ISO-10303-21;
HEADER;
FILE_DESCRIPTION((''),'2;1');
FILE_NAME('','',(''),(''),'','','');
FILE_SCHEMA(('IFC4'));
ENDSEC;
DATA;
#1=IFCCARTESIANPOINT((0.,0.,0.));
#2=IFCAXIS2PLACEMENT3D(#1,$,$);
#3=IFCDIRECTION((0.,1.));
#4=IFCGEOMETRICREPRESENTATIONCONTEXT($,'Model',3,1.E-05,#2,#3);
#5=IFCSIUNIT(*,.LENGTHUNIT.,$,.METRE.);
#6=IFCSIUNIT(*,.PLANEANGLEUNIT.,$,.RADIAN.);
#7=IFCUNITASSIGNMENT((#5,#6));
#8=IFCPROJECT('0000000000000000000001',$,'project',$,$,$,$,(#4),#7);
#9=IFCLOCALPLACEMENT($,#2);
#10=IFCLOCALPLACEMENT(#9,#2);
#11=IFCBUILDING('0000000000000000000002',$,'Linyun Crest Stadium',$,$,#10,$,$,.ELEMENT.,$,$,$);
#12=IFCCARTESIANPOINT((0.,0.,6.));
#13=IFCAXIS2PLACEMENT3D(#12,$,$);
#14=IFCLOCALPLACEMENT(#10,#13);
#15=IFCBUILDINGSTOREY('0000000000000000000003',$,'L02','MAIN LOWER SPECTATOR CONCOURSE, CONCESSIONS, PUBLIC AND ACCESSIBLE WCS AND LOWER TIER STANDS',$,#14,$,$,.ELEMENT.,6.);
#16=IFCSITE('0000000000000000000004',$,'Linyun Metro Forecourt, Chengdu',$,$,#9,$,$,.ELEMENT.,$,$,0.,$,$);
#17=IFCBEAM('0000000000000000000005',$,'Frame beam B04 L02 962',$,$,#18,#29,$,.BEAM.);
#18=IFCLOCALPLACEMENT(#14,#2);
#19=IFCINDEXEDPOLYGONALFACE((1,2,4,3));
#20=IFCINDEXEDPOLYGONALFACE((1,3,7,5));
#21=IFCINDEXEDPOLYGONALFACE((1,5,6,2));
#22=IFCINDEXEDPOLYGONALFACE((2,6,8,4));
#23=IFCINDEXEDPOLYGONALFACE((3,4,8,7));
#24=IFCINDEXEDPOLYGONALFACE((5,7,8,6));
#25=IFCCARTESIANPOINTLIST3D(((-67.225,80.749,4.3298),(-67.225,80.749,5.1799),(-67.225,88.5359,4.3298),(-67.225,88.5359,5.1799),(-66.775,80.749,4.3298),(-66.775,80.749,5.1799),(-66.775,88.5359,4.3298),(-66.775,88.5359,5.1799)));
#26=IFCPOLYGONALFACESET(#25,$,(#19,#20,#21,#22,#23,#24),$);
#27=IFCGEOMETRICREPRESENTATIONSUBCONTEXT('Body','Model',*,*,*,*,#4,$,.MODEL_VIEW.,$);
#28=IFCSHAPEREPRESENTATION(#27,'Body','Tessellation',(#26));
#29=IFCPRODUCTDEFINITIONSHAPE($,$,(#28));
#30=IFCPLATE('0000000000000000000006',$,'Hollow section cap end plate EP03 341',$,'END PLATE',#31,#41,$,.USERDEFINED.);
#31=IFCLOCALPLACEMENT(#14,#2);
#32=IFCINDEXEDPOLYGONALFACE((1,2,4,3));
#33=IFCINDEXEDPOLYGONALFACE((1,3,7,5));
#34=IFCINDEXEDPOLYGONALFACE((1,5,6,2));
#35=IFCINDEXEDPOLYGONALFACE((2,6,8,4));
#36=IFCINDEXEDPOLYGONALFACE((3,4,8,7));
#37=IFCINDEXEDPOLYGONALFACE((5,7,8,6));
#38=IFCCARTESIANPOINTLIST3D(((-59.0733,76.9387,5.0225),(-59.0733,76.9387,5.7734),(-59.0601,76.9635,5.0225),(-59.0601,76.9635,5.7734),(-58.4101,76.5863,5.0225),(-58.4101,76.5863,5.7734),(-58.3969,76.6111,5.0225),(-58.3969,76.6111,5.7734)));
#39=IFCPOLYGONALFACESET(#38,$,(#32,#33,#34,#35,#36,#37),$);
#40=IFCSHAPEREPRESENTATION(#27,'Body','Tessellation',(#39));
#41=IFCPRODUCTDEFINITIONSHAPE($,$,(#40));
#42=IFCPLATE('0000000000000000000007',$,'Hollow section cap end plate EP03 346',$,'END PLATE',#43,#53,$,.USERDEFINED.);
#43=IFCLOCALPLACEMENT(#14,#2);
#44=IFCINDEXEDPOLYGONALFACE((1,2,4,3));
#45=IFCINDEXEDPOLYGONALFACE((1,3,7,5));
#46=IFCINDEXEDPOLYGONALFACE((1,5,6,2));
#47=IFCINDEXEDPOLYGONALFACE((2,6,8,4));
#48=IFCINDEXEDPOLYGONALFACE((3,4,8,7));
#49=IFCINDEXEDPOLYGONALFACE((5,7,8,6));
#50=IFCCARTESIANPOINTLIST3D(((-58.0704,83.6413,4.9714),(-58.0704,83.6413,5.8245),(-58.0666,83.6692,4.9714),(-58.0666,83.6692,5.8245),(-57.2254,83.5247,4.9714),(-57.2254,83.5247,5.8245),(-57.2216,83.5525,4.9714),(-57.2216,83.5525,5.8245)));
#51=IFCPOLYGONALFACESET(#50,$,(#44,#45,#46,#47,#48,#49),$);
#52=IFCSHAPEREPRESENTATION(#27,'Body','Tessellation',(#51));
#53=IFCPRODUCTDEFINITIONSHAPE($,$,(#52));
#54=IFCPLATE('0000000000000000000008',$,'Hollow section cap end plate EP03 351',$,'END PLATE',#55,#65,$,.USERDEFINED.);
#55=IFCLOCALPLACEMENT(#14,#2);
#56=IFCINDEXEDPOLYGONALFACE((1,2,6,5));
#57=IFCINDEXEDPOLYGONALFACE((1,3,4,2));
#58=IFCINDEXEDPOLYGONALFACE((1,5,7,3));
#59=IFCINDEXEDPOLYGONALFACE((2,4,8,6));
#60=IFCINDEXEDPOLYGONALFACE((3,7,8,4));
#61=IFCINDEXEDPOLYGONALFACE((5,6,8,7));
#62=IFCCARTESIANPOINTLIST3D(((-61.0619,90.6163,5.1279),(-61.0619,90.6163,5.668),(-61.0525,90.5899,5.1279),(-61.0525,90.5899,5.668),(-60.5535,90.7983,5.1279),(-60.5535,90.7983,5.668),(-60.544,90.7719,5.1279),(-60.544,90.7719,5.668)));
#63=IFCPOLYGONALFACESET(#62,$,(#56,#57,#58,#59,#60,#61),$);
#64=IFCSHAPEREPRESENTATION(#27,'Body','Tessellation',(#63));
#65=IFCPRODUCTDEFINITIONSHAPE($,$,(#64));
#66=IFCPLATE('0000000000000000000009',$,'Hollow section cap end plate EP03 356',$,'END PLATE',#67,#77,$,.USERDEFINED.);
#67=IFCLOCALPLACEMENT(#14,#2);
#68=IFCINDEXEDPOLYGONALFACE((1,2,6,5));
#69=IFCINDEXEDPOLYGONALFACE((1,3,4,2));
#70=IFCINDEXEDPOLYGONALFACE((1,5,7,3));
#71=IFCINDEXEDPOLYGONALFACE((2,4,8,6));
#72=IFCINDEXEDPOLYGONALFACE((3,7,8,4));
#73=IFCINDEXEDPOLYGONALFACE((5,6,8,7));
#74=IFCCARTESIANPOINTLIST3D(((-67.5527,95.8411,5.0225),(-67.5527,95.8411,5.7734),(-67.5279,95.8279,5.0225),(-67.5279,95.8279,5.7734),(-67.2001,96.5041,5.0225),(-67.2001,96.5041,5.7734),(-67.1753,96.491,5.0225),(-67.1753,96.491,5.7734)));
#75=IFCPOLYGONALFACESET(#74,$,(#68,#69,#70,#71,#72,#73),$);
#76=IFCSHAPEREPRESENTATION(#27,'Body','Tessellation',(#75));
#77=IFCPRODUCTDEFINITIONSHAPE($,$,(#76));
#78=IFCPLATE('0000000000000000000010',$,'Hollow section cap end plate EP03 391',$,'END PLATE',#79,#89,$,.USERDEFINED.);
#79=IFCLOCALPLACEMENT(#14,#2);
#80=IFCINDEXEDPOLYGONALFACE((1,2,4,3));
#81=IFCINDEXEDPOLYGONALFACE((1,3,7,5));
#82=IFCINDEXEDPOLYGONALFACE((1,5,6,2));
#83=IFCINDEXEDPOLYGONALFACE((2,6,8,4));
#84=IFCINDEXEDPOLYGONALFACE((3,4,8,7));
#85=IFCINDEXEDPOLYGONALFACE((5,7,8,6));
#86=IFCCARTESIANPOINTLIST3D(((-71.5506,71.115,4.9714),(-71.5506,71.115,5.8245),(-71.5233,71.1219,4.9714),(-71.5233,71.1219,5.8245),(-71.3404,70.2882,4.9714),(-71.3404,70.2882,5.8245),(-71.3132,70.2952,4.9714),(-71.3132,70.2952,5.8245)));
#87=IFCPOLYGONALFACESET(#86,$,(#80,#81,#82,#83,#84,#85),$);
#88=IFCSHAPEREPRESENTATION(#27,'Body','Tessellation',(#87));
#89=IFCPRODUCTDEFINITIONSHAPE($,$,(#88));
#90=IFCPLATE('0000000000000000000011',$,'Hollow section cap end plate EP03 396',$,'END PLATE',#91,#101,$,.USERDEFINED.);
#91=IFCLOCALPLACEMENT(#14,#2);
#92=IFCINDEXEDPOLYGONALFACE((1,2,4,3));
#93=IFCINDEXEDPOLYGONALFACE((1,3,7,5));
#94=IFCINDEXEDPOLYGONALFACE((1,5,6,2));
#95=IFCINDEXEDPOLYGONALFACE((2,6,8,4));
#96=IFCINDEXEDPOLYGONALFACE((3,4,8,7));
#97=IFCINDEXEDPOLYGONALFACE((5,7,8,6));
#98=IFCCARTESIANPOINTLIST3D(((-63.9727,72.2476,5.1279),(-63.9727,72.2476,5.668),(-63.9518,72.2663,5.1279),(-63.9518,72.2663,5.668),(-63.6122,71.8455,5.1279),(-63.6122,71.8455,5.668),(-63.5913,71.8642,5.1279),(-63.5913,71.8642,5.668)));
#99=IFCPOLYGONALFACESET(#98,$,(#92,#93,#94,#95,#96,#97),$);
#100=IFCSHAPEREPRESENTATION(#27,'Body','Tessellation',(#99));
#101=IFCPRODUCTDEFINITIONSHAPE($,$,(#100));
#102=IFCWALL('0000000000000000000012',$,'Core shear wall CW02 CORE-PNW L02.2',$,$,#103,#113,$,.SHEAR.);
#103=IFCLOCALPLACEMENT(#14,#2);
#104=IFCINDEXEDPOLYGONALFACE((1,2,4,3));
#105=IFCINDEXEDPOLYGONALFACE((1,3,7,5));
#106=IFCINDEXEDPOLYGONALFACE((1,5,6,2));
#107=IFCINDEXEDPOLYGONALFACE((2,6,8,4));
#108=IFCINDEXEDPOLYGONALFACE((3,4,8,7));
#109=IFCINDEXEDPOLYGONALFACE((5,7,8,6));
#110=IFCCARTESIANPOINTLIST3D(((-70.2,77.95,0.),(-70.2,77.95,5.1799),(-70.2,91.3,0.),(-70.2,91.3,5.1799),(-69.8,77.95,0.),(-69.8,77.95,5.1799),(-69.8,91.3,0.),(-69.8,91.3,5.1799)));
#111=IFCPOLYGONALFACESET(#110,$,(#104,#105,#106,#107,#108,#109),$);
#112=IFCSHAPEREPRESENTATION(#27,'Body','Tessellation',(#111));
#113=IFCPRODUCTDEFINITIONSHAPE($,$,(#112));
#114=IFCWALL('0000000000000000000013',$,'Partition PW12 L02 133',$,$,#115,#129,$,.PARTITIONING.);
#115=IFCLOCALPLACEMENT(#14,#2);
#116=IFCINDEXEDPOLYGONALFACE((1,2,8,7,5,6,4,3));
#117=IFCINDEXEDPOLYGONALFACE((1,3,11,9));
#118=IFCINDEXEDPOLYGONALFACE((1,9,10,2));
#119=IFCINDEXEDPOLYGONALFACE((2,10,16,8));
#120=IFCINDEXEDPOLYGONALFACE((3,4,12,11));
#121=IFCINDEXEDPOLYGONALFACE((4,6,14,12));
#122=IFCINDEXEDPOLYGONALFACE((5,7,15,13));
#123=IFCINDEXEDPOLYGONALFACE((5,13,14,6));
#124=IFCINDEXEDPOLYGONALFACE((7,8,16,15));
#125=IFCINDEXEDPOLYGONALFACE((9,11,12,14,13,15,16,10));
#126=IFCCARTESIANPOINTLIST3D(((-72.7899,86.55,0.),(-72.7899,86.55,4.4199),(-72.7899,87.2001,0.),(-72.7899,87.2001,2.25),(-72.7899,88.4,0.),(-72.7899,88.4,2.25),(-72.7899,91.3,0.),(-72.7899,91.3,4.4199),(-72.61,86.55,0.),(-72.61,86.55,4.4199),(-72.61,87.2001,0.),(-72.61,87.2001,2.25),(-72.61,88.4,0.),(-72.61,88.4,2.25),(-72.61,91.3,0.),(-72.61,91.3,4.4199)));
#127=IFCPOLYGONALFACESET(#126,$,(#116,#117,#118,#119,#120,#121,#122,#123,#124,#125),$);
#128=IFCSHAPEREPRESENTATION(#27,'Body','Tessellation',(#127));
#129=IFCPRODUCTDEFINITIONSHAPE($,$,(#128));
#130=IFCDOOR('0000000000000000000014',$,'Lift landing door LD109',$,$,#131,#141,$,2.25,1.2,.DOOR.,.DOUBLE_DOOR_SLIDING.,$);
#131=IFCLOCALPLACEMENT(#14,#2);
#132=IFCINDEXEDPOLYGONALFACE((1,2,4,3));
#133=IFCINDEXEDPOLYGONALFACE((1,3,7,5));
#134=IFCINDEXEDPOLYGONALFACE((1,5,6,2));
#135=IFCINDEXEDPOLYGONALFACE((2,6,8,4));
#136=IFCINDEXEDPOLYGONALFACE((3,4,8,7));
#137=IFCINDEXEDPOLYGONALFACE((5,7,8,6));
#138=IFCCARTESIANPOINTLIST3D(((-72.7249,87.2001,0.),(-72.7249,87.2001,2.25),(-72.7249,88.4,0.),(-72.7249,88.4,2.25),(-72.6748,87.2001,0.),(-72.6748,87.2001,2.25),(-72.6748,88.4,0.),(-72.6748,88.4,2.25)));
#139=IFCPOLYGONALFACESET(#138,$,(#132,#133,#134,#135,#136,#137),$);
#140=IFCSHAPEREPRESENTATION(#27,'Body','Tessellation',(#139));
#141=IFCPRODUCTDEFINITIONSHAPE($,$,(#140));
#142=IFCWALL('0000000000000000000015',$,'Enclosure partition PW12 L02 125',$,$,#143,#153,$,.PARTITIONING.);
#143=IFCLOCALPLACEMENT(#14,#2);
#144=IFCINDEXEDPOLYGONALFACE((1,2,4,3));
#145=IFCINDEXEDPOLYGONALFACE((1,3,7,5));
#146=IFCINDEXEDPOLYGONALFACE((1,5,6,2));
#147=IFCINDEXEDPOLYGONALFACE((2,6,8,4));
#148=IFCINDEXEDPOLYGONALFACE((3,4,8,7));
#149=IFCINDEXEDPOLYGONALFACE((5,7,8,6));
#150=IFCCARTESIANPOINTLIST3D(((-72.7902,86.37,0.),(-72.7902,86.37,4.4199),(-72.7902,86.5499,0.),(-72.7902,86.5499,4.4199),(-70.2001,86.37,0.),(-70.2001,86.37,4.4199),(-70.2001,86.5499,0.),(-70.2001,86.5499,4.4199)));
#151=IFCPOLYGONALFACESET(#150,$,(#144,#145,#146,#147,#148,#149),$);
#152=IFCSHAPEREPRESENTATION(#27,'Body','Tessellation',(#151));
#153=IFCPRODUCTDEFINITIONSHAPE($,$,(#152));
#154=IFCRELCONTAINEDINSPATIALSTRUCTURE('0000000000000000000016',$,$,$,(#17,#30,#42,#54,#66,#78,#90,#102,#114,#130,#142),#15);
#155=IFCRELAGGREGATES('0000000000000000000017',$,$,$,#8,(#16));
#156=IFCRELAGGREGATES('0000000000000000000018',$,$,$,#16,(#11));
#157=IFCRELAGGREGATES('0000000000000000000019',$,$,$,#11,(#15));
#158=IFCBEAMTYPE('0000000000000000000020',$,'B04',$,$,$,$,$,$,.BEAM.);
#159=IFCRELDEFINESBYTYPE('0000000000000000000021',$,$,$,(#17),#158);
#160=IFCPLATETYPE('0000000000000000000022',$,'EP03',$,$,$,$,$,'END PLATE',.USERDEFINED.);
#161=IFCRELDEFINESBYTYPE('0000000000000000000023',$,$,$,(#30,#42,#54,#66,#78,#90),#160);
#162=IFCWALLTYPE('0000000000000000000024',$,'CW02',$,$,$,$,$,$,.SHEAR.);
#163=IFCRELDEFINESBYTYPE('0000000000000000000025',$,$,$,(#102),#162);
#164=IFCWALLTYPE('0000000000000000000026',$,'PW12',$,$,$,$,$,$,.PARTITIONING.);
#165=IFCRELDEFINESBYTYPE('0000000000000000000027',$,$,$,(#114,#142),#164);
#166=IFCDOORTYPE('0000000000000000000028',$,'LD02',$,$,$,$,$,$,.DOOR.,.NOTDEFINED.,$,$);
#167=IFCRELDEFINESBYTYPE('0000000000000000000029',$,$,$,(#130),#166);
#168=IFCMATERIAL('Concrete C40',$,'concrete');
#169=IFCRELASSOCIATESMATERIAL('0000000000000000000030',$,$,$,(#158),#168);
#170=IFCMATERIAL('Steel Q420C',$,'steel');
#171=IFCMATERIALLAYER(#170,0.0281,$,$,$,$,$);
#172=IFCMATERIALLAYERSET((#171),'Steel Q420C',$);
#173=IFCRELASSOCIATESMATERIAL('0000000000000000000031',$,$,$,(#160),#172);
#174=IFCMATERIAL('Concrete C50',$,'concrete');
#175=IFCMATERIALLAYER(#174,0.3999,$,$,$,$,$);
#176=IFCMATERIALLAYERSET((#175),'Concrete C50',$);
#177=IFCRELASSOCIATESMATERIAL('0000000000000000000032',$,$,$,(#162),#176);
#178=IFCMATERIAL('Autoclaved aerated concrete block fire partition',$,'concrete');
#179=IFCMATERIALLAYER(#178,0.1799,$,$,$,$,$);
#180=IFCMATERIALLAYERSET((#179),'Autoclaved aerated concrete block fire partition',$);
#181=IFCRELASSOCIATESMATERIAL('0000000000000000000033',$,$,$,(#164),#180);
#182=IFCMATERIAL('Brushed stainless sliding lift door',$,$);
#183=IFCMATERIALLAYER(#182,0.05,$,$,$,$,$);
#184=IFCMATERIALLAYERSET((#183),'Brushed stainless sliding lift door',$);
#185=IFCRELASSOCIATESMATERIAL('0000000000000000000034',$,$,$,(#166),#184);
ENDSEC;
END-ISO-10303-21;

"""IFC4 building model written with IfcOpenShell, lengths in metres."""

from ifc_helpers import new_model, si_unit, direction, frame, frame_2d, origin, origin_2d, place, context, subcontext, project, spatial, rectangle, extrude, material, layer, layer_set, material_profile, profile_set, type_object, element, fill, save


model = new_model("IFC4")

# Units and contexts
model_context = context("Model", 3, precision=1e-05, world=origin(), true_north=direction((0.0, 1.0)))
body_context = subcontext(model_context, "Body", "Model", "MODEL_VIEW")
ifc_project = project(units=[si_unit("LENGTHUNIT", "METRE"), si_unit("PLANEANGLEUNIT", "RADIAN")], contexts=[model_context])

# Site, building, storey
site_placement = place(None, origin())
site = spatial("IfcSite", under=ifc_project, at=site_placement, Name="Linyun Metro Forecourt, Chengdu", CompositionType="ELEMENT", RefElevation=0.0)
building_placement = place(site_placement, origin())
building = spatial("IfcBuilding", under=site, at=building_placement, Name="Linyun Crest Stadium", CompositionType="ELEMENT")
storey_placement = place(building_placement, frame((0.0, 0.0, 6.0)))
storey = spatial("IfcBuildingStorey", under=building, at=storey_placement, Name="L02", Description="MAIN LOWER SPECTATOR CONCOURSE, CONCESSIONS, PUBLIC AND ACCESSIBLE WCS AND LOWER TIER STANDS", CompositionType="ELEMENT", Elevation=6.0)

# Beam
ifc_material_1 = material(Name="Concrete C40", Category="concrete")
ifc_material_profile_1 = material_profile(ifc_material_1, rectangle(XDim=0.45, YDim=0.8501, at=origin_2d()), Name="RCB 850x450")
ifc_profile_set_1 = profile_set([ifc_material_profile_1], Name="Concrete C40")
beam_type = type_object("IfcBeamType", Name="B04", PredefinedType="BEAM", material=ifc_profile_set_1)
beam_placement = place(storey_placement, frame((-67.0, 80.749, 4.7549), z_axis=(0.0, 1.0, 0.0), x_axis=(-1.0, 0.0, 0.0)))
element("IfcBeam", 1, at=beam_placement, inside=storey, type_object=beam_type, Name="Frame beam B04 L02 962", PredefinedType="BEAM", context=body_context, shape_type="SweptSolid", body=[
    extrude(rectangle(XDim=0.45, YDim=0.8501, at=origin_2d()), origin(), (0.0, 0.0, 1.0), 7.7869),
])

# Plates
ifc_material_2 = material(Name="Steel Q420C", Category="steel")
ifc_layer_1 = layer(ifc_material_2, 0.0281)
ifc_layer_set_1 = layer_set([ifc_layer_1], Name="Steel Q420C")
plate_type = type_object("IfcPlateType", Name="EP03", ElementType="END PLATE", PredefinedType="USERDEFINED", material=ifc_layer_set_1)
plate_1_placement = place(storey_placement, frame((-58.7351, 76.7749, 5.0225), z_axis=(0.0, 0.0, 1.0), x_axis=(0.883111, -0.469163, 0.0)))
element("IfcPlate", 2, at=plate_1_placement, inside=storey, type_object=plate_type, Name="Hollow section cap end plate EP03 341", ObjectType="END PLATE", PredefinedType="USERDEFINED", context=body_context, shape_type="SweptSolid", body=[
    extrude(rectangle(XDim=0.751, YDim=0.0281, at=origin_2d()), origin(), (0.0, 0.0, 1.0), 0.751),
])
plate_2_placement = place(storey_placement, frame((-57.646, 83.5969, 4.9714), z_axis=(0.0, 0.0, 1.0), x_axis=(0.990605, -0.136753, 0.0)))
element("IfcPlate", 3, at=plate_2_placement, inside=storey, type_object=plate_type, Name="Hollow section cap end plate EP03 346", ObjectType="END PLATE", PredefinedType="USERDEFINED", context=body_context, shape_type="SweptSolid", body=[
    extrude(rectangle(XDim=0.853, YDim=0.0281, at=origin_2d()), origin(), (0.0, 0.0, 1.0), 0.853),
])
plate_3_placement = place(storey_placement, frame((-60.803, 90.6941, 5.1279), z_axis=(0.0, 0.0, 1.0), x_axis=(0.941529, 0.336931, 0.0)))
element("IfcPlate", 4, at=plate_3_placement, inside=storey, type_object=plate_type, Name="Hollow section cap end plate EP03 351", ObjectType="END PLATE", PredefinedType="USERDEFINED", context=body_context, shape_type="SweptSolid", body=[
    extrude(rectangle(XDim=0.54, YDim=0.0281, at=origin_2d()), origin(), (0.0, 0.0, 1.0), 0.54),
])
plate_4_placement = place(storey_placement, frame((-67.364, 96.166, 5.0225), z_axis=(0.0, 0.0, 1.0), x_axis=(0.469472, 0.882948, 0.0)))
element("IfcPlate", 5, at=plate_4_placement, inside=storey, type_object=plate_type, Name="Hollow section cap end plate EP03 356", ObjectType="END PLATE", PredefinedType="USERDEFINED", context=body_context, shape_type="SweptSolid", body=[
    extrude(rectangle(XDim=0.751, YDim=0.0281, at=origin_2d()), origin(), (0.0, 0.0, 1.0), 0.751),
])
plate_5_placement = place(storey_placement, frame((-71.4319, 70.7051, 4.9714), z_axis=(0.0, 0.0, 1.0), x_axis=(0.246322, -0.969188, 0.0)))
element("IfcPlate", 6, at=plate_5_placement, inside=storey, type_object=plate_type, Name="Hollow section cap end plate EP03 391", ObjectType="END PLATE", PredefinedType="USERDEFINED", context=body_context, shape_type="SweptSolid", body=[
    extrude(rectangle(XDim=0.853, YDim=0.0281, at=origin_2d()), origin(), (0.0, 0.0, 1.0), 0.853),
])
plate_6_placement = place(storey_placement, frame((-63.782, 72.0559, 5.1279), z_axis=(0.0, 0.0, 1.0), x_axis=(0.667573, -0.744545, 0.0)))
element("IfcPlate", 7, at=plate_6_placement, inside=storey, type_object=plate_type, Name="Hollow section cap end plate EP03 396", ObjectType="END PLATE", PredefinedType="USERDEFINED", context=body_context, shape_type="SweptSolid", body=[
    extrude(rectangle(XDim=0.54, YDim=0.0281, at=origin_2d()), origin(), (0.0, 0.0, 1.0), 0.54),
])

# Wall
ifc_material_3 = material(Name="Concrete C50", Category="concrete")
ifc_layer_2 = layer(ifc_material_3, 0.3999)
ifc_layer_set_2 = layer_set([ifc_layer_2], Name="Concrete C50")
wall_type_1 = type_object("IfcWallType", Name="CW02", PredefinedType="SHEAR", material=ifc_layer_set_2)
wall_1_placement = place(storey_placement, frame((-70.0, 77.95, 0.0), z_axis=(0.0, 0.0, 1.0), x_axis=(0.0, 1.0, 0.0)))
element("IfcWall", 8, at=wall_1_placement, inside=storey, type_object=wall_type_1, Name="Core shear wall CW02 CORE-PNW L02.2", PredefinedType="SHEAR", context=body_context, shape_type="SweptSolid", body=[
    extrude(rectangle(XDim=13.3501, YDim=0.3999, at=frame_2d((6.675, 0.0))), origin(), (0.0, 0.0, 1.0), 5.1799),
])

# Wall, opening, door
ifc_material_4 = material(Name="Autoclaved aerated concrete block fire partition", Category="concrete")
ifc_layer_3 = layer(ifc_material_4, 0.1799)
ifc_layer_set_3 = layer_set([ifc_layer_3], Name="Autoclaved aerated concrete block fire partition")
wall_type_2 = type_object("IfcWallType", Name="PW12", PredefinedType="PARTITIONING", material=ifc_layer_set_3)
wall_2_placement = place(storey_placement, frame((-72.7, 86.55, 0.0), z_axis=(0.0, 0.0, 1.0), x_axis=(0.0, 1.0, 0.0)))
wall_2 = element("IfcWall", 9, at=wall_2_placement, inside=storey, type_object=wall_type_2, Name="Partition PW12 L02 133", PredefinedType="PARTITIONING", context=body_context, shape_type="SweptSolid", body=[
    extrude(rectangle(XDim=4.75, YDim=0.1799, at=frame_2d((2.375, 0.0))), origin(), (0.0, 0.0, 1.0), 4.4199),
])
opening_1_placement = place(wall_2_placement, frame((0.6499, 0.0, 0.0)))
opening_1 = element("IfcOpeningElement", 10, at=opening_1_placement, cuts=wall_2, PredefinedType="OPENING", context=body_context, shape_type="SweptSolid", body=[
    extrude(rectangle(XDim=1.2, YDim=2.25, at=frame_2d((0.6001, 1.125))), frame((0.0, 0.0999, 0.0), z_axis=(0.0, -1.0, 0.0), x_axis=(1.0, 0.0, 0.0)), (0.0, 0.0, 1.0), 0.2),
])
ifc_material_5 = material(Name="Brushed stainless sliding lift door")
ifc_layer_4 = layer(ifc_material_5, 0.05)
ifc_layer_set_4 = layer_set([ifc_layer_4], Name="Brushed stainless sliding lift door")
door_type_1 = type_object("IfcDoorType", Name="LD02", OperationType="NOTDEFINED", PredefinedType="DOOR", material=ifc_layer_set_4)
door_1_placement = place(opening_1_placement, origin())
door_1 = element("IfcDoor", 11, at=door_1_placement, inside=storey, type_object=door_type_1, Name="Lift landing door LD109", OperationType="DOUBLE_DOOR_SLIDING", OverallHeight=2.25, OverallWidth=1.2, PredefinedType="DOOR", context=body_context, shape_type="SweptSolid", body=[
    extrude(rectangle(XDim=1.2, YDim=2.25, at=frame_2d((0.6001, 1.125))), frame((0.0, 0.0249, 0.0), z_axis=(0.0, -1.0, 0.0), x_axis=(1.0, 0.0, 0.0)), (0.0, 0.0, 1.0), 0.05),
])
fill(opening_1, door_1)

# Wall
wall_3_placement = place(storey_placement, frame((-72.79, 86.46, 0.0), z_axis=(0.0, 0.0, 1.0), x_axis=(1.0, 0.0, 0.0)))
element("IfcWall", 12, at=wall_3_placement, inside=storey, type_object=wall_type_2, Name="Enclosure partition PW12 L02 125", PredefinedType="PARTITIONING", context=body_context, shape_type="SweptSolid", body=[
    extrude(rectangle(XDim=2.5901, YDim=0.1799, at=frame_2d((1.2949, 0.0))), origin(), (0.0, 0.0, 1.0), 4.4199),
])

save(model, "model.ifc")
